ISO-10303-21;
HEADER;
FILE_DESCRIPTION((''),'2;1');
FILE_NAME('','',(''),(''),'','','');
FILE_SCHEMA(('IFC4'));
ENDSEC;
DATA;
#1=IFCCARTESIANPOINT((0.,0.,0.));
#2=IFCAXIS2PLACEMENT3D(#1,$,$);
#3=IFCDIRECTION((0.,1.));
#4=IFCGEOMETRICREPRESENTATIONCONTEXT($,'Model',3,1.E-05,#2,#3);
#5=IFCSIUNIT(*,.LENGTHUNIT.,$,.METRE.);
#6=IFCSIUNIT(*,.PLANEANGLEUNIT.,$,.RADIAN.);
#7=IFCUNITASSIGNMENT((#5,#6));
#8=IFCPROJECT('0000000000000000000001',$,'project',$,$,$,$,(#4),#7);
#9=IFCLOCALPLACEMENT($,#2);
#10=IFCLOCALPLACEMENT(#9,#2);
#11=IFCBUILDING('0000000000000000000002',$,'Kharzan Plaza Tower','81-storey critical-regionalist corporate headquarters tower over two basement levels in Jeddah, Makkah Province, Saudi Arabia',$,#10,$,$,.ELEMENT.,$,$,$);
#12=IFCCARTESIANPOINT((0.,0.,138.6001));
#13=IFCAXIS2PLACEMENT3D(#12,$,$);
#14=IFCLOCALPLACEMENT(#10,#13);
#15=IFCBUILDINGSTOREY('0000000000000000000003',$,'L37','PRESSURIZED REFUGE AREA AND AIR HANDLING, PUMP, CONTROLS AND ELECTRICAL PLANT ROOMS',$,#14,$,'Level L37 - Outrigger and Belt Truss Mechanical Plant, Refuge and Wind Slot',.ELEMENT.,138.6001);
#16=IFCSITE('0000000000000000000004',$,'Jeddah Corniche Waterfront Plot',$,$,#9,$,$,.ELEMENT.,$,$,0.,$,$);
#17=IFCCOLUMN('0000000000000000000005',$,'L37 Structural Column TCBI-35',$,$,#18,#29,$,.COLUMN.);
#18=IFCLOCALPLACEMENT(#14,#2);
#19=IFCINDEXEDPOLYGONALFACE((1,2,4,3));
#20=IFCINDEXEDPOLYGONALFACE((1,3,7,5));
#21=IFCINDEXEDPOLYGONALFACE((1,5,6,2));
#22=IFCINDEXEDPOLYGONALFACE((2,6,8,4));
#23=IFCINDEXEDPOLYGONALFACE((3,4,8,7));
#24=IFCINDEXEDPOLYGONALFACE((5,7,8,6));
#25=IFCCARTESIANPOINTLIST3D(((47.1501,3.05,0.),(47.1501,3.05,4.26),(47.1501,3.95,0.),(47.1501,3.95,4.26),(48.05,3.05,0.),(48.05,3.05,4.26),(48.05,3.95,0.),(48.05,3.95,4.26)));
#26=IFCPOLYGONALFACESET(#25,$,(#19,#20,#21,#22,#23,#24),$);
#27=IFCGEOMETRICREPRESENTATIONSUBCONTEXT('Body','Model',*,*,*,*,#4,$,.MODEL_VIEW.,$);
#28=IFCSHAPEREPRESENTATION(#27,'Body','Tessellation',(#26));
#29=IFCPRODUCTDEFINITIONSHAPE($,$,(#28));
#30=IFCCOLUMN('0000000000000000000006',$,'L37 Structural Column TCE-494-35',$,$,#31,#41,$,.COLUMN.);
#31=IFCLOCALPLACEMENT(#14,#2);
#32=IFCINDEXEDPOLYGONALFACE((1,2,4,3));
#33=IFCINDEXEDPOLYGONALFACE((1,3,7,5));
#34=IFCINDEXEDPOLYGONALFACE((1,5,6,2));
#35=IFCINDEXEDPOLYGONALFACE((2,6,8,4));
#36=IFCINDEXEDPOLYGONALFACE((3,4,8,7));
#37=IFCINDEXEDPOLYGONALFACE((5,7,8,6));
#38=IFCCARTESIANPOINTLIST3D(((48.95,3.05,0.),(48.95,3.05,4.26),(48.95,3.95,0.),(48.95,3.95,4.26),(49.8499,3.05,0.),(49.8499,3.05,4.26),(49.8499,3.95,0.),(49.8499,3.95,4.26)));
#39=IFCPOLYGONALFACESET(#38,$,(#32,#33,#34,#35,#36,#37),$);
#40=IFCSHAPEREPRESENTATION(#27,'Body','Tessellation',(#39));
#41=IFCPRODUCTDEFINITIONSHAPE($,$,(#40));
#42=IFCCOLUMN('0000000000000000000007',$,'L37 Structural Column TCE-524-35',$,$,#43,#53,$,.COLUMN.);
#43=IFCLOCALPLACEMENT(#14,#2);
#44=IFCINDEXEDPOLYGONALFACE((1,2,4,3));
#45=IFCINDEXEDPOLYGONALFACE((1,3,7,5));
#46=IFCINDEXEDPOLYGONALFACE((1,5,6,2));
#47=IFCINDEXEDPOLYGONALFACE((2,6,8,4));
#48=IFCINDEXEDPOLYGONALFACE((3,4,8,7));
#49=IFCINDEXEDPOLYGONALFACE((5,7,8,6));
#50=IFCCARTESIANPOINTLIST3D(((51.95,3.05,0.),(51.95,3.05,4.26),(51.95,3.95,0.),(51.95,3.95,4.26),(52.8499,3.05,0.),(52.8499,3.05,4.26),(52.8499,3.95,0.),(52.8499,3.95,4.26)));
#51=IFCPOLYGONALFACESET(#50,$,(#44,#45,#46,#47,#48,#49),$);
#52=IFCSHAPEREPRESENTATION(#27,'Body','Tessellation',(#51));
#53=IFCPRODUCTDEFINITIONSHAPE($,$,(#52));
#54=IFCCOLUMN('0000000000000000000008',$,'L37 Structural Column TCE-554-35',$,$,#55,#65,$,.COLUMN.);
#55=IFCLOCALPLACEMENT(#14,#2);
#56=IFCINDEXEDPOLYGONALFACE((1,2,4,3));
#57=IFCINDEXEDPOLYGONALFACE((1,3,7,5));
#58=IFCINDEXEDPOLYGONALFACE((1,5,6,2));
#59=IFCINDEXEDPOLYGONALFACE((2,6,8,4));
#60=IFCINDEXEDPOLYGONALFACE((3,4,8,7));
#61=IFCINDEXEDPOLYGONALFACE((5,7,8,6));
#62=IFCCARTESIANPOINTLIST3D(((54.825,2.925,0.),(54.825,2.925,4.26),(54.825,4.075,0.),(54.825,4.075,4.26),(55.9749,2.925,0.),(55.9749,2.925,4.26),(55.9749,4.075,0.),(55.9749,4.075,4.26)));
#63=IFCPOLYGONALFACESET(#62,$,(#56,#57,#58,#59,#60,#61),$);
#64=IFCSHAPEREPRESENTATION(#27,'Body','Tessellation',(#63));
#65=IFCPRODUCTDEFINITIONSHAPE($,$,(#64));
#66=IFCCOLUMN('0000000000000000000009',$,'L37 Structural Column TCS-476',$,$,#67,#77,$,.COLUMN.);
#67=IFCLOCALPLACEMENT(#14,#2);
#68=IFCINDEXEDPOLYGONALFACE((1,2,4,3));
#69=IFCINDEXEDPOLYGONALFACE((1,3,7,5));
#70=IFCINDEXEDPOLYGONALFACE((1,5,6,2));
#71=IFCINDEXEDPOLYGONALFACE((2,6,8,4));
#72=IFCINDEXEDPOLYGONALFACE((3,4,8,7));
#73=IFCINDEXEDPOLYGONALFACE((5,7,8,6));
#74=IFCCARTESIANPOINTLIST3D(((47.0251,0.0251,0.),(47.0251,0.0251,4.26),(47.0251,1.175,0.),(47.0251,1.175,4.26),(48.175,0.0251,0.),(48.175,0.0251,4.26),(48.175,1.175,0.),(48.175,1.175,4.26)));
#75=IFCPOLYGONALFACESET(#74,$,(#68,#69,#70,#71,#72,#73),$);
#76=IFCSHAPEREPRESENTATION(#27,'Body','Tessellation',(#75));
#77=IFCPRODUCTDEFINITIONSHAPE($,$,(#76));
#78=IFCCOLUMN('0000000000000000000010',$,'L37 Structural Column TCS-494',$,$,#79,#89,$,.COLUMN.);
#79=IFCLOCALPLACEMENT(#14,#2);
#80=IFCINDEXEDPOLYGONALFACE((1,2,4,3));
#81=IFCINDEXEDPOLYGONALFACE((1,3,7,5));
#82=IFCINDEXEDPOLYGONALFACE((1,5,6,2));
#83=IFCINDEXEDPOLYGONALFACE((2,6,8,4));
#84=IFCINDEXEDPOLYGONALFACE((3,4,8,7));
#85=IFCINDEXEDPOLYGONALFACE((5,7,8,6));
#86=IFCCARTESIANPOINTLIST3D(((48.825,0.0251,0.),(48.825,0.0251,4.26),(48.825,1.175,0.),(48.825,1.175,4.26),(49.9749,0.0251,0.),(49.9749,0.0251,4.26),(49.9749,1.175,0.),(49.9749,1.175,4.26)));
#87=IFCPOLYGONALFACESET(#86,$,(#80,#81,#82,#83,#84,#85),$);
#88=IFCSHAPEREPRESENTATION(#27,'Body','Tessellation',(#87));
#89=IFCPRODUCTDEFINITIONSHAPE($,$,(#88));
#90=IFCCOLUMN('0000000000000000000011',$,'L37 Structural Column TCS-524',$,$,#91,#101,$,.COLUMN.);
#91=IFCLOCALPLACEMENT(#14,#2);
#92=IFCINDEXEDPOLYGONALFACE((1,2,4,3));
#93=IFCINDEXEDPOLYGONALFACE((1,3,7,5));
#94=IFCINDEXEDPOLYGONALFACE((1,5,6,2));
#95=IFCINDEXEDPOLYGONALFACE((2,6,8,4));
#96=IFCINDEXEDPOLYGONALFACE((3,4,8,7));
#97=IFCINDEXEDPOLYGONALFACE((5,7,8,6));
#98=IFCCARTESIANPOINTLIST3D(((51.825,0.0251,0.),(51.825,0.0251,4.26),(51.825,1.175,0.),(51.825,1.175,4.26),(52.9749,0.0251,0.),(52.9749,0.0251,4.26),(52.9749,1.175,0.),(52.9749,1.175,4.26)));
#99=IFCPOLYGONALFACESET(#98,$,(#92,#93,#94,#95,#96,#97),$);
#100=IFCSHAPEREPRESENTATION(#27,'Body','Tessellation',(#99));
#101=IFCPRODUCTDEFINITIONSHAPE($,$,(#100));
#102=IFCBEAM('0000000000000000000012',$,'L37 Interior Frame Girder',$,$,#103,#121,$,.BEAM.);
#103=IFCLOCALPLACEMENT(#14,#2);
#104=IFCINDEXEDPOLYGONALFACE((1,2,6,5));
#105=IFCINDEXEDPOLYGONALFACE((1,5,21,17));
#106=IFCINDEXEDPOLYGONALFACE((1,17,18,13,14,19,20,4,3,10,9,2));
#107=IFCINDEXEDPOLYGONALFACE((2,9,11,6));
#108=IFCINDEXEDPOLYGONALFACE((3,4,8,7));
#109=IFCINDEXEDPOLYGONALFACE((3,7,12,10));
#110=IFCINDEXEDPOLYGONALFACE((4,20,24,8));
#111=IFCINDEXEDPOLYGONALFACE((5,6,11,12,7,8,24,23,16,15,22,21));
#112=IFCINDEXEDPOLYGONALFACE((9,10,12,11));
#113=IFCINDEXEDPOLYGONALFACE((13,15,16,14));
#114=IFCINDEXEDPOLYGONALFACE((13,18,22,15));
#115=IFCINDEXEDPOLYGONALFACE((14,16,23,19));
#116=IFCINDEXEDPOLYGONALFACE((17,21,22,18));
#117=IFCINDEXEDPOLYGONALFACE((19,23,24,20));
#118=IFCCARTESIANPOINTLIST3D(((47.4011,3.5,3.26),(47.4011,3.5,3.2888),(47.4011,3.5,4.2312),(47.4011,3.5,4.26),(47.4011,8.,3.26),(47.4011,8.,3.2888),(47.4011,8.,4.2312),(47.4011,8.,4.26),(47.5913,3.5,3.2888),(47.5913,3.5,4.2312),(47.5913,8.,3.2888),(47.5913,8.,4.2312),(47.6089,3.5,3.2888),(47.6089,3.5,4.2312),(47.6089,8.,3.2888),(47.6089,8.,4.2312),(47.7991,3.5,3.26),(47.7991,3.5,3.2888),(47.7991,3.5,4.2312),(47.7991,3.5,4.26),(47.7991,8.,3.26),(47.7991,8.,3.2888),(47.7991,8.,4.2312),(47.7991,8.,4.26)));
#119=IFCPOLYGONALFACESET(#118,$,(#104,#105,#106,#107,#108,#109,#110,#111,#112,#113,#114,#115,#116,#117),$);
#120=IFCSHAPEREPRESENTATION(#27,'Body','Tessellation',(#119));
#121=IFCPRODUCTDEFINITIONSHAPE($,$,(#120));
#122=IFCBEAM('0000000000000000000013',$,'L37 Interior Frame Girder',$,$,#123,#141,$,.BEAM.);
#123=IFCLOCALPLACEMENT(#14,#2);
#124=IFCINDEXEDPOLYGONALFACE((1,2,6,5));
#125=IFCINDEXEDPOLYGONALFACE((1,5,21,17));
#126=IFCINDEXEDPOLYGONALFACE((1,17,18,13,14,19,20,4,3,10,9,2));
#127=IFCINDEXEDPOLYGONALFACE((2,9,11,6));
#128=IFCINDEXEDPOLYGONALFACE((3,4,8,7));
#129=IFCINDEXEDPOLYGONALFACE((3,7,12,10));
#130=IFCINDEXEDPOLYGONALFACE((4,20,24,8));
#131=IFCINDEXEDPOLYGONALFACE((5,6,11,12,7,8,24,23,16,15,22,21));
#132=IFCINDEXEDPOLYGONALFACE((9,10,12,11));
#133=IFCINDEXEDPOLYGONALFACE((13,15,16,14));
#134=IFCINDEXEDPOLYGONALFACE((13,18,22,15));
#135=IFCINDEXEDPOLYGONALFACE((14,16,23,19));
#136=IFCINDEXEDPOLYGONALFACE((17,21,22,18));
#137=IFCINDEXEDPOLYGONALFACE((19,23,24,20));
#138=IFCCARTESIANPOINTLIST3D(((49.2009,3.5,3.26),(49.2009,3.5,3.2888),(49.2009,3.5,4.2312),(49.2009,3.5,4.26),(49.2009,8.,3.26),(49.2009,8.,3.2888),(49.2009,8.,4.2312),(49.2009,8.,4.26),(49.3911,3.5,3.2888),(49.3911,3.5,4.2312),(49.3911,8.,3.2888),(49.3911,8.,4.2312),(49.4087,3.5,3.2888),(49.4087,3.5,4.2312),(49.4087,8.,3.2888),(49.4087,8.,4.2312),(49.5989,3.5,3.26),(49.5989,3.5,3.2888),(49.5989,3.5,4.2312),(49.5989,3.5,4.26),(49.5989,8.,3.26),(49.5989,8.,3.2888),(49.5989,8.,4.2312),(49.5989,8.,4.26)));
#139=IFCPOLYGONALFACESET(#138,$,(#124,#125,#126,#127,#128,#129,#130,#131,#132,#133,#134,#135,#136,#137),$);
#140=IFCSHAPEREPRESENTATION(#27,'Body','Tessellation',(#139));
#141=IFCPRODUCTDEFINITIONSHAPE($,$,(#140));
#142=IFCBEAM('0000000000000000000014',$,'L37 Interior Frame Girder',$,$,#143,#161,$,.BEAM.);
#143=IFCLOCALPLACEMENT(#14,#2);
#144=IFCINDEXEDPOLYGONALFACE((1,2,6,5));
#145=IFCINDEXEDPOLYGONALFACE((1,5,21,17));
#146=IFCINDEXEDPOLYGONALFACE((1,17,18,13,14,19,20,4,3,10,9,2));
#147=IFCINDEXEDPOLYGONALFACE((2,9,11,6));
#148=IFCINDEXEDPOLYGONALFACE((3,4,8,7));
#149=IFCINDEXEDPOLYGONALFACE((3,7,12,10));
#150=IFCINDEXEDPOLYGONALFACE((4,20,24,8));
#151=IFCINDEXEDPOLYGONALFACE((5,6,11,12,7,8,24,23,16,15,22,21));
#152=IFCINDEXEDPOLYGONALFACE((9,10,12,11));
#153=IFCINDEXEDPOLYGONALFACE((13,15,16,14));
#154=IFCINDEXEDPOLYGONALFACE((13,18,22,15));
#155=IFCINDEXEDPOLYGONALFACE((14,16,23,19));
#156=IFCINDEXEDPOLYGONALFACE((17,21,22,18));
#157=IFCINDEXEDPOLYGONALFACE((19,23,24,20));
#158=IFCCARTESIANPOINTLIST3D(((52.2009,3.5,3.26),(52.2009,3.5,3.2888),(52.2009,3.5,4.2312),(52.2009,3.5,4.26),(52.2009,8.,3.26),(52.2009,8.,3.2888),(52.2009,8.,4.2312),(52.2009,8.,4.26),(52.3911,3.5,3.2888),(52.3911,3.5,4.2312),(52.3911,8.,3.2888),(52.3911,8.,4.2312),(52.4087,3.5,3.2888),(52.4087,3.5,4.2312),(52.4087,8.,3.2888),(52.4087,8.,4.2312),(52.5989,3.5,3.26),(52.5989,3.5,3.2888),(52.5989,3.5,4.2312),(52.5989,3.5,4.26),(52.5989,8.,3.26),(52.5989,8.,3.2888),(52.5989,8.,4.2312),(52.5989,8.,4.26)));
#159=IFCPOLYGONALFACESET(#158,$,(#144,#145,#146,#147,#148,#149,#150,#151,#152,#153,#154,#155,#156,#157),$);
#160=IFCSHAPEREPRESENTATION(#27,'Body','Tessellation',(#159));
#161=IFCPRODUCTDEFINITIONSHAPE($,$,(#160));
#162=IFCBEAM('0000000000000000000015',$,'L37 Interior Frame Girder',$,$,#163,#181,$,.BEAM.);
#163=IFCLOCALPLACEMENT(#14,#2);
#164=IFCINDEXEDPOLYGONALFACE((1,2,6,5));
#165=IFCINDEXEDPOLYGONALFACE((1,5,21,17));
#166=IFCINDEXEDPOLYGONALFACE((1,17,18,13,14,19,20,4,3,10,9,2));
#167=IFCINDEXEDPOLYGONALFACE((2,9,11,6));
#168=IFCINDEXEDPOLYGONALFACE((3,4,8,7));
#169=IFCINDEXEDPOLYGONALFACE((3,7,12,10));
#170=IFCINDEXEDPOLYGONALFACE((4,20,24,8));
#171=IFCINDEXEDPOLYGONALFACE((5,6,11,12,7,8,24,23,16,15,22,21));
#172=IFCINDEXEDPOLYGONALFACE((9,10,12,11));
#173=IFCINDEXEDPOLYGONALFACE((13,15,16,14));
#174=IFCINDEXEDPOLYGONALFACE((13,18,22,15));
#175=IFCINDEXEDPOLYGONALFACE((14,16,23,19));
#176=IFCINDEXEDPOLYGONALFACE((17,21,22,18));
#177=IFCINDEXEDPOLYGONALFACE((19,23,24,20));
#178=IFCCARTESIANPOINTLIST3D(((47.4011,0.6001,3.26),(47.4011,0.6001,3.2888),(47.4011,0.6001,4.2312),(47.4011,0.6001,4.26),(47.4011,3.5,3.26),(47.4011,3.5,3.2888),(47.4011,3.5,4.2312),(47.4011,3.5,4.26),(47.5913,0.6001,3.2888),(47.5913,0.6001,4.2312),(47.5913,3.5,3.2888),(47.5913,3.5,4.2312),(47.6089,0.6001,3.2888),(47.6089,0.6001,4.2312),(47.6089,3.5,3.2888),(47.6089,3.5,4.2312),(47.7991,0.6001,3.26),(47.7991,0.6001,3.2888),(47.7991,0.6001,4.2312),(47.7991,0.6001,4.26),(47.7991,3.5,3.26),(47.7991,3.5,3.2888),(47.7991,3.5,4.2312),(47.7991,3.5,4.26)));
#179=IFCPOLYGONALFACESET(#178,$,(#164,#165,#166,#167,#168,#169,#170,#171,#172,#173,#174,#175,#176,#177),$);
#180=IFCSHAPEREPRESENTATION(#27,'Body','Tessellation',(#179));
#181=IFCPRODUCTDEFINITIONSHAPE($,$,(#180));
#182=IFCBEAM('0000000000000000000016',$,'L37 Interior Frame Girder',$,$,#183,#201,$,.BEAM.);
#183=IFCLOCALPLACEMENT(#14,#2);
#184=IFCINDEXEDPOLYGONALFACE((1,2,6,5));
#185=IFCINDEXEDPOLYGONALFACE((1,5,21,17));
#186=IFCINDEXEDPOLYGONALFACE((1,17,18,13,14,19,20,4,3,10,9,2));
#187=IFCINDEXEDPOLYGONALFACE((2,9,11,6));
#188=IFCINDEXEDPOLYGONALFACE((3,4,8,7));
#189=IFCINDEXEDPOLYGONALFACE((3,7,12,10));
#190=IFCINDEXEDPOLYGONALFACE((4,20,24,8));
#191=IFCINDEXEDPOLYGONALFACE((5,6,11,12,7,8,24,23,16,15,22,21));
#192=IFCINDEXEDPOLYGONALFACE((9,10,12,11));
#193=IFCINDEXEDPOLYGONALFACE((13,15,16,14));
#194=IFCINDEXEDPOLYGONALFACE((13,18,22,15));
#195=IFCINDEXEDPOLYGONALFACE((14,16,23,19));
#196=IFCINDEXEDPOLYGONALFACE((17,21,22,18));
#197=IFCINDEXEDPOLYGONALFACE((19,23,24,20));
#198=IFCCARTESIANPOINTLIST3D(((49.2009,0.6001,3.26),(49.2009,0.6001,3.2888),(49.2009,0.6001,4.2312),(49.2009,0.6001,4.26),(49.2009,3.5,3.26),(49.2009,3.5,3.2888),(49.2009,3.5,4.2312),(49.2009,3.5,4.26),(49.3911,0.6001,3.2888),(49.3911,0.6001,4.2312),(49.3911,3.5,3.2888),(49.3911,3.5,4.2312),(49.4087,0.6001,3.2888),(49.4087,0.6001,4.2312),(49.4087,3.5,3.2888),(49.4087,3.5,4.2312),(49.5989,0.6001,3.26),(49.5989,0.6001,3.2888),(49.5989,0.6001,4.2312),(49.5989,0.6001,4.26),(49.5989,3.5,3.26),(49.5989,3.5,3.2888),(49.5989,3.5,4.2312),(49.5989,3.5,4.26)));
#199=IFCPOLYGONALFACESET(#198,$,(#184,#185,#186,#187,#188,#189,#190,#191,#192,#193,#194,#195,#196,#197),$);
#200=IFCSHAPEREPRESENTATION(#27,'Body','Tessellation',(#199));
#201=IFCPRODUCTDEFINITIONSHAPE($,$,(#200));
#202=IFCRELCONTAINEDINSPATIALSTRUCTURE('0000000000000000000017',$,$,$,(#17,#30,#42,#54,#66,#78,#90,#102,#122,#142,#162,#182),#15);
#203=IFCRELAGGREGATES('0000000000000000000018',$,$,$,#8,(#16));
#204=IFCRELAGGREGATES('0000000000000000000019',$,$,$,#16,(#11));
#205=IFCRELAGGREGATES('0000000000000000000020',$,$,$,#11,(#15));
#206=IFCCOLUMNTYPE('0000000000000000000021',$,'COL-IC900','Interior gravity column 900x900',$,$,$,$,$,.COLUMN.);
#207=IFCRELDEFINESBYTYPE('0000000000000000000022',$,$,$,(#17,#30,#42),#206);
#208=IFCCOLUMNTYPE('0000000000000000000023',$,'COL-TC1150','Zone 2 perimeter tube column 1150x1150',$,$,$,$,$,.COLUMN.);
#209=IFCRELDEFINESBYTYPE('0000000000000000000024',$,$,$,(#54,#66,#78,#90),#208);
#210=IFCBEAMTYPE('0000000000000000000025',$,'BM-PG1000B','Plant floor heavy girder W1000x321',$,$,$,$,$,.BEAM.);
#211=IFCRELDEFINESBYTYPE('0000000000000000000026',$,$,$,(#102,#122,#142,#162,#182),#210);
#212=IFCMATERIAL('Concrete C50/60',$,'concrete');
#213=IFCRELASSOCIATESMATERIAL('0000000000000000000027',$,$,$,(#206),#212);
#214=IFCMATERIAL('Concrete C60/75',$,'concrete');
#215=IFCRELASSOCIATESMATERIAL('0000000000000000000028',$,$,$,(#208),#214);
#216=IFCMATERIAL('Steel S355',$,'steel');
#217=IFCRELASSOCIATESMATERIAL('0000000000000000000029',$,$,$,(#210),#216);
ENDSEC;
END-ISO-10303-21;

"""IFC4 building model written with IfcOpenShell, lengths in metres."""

from ifc_helpers import new_model, si_unit, direction, frame, origin, origin_2d, place, context, subcontext, project, spatial, rectangle, i_section, extrude, source, transform, mapped, material, material_profile, profile_set, type_object, element, save


model = new_model("IFC4")

# Units and contexts
model_context = context("Model", 3, precision=1e-05, world=origin(), true_north=direction((0.0, 1.0)))
body_context = subcontext(model_context, "Body", "Model", "MODEL_VIEW")
ifc_project = project(units=[si_unit("LENGTHUNIT", "METRE"), si_unit("PLANEANGLEUNIT", "RADIAN")], contexts=[model_context])

# Site, building, storey
site_placement = place(None, origin())
site = spatial("IfcSite", under=ifc_project, at=site_placement, Name="Jeddah Corniche Waterfront Plot", CompositionType="ELEMENT", RefElevation=0.0)
building_placement = place(site_placement, origin())
building = spatial("IfcBuilding", under=site, at=building_placement, Name="Kharzan Plaza Tower", Description="81-storey critical-regionalist corporate headquarters tower over two basement levels in Jeddah, Makkah Province, Saudi Arabia", CompositionType="ELEMENT")
storey_placement = place(building_placement, frame((0.0, 0.0, 138.6001)))
storey = spatial("IfcBuildingStorey", under=building, at=storey_placement, Name="L37", Description="PRESSURIZED REFUGE AREA AND AIR HANDLING, PUMP, CONTROLS AND ELECTRICAL PLANT ROOMS", LongName="Level L37 - Outrigger and Belt Truss Mechanical Plant, Refuge and Wind Slot", CompositionType="ELEMENT", Elevation=138.6001)

# Columns
ifc_material_1 = material(Name="Concrete C50/60", Category="concrete")
ifc_material_profile_1 = material_profile(ifc_material_1, rectangle(XDim=0.8999, YDim=0.8999, at=origin_2d()), Name="RC-IC900x900")
ifc_profile_set_1 = profile_set([ifc_material_profile_1], Name="Concrete C50/60")
column_type_1 = type_object("IfcColumnType", Name="COL-IC900", Description="Interior gravity column 900x900", PredefinedType="COLUMN", material=ifc_profile_set_1)
shared_shape_1 = source(origin(), body_context, "Body", "SweptSolid", [
    extrude(rectangle(XDim=0.8999, YDim=0.8999, at=origin_2d()), origin(), (0.0, 0.0, 1.0), 4.26),
])
for number, where, z_axis, x_axis, name in (
    (1, (47.6001, 3.5, 0.0), (0.0, 0.0, 1.0), (1.0, 0.0, 0.0), "L37 Structural Column TCBI-35"),
    (2, (49.3999, 3.5, 0.0), (0.0, 0.0, 1.0), (1.0, 0.0, 0.0), "L37 Structural Column TCE-494-35"),
    (3, (52.3999, 3.5, 0.0), (0.0, 0.0, 1.0), (1.0, 0.0, 0.0), "L37 Structural Column TCE-524-35"),
):
    element("IfcColumn", number, at=place(storey_placement, frame(where, z_axis=z_axis, x_axis=x_axis)), inside=storey, type_object=column_type_1, Name=name, PredefinedType="COLUMN", context=body_context, shape_type="MappedRepresentation", body=[
        mapped(shared_shape_1, transform((0.0, 0.0, 0.0), x_axis=(1.0, 0.0, 0.0), y_axis=(0.0, 1.0, 0.0), z_axis=(0.0, 0.0, 1.0))),
    ])
ifc_material_2 = material(Name="Concrete C60/75", Category="concrete")
ifc_material_profile_2 = material_profile(ifc_material_2, rectangle(XDim=1.1499, YDim=1.1499, at=origin_2d()), Name="RC-TC1150x1150")
ifc_profile_set_2 = profile_set([ifc_material_profile_2], Name="Concrete C60/75")
column_type_2 = type_object("IfcColumnType", Name="COL-TC1150", Description="Zone 2 perimeter tube column 1150x1150", PredefinedType="COLUMN", material=ifc_profile_set_2)
shared_shape_2 = source(origin(), body_context, "Body", "SweptSolid", [
    extrude(rectangle(XDim=1.1499, YDim=1.1499, at=origin_2d()), origin(), (0.0, 0.0, 1.0), 4.26),
])
for number, where, z_axis, x_axis, name in (
    (4, (55.3999, 3.5, 0.0), (0.0, 0.0, 1.0), (1.0, 0.0, 0.0), "L37 Structural Column TCE-554-35"),
    (5, (47.6001, 0.6001, 0.0), (0.0, 0.0, 1.0), (1.0, 0.0, 0.0), "L37 Structural Column TCS-476"),
    (6, (49.3999, 0.6001, 0.0), (0.0, 0.0, 1.0), (1.0, 0.0, 0.0), "L37 Structural Column TCS-494"),
    (7, (52.3999, 0.6001, 0.0), (0.0, 0.0, 1.0), (1.0, 0.0, 0.0), "L37 Structural Column TCS-524"),
):
    element("IfcColumn", number, at=place(storey_placement, frame(where, z_axis=z_axis, x_axis=x_axis)), inside=storey, type_object=column_type_2, Name=name, PredefinedType="COLUMN", context=body_context, shape_type="MappedRepresentation", body=[
        mapped(shared_shape_2, transform((0.0, 0.0, 0.0), x_axis=(1.0, 0.0, 0.0), y_axis=(0.0, 1.0, 0.0), z_axis=(0.0, 0.0, 1.0))),
    ])

# Beams
ifc_material_3 = material(Name="Steel S355", Category="steel")
ifc_material_profile_3 = material_profile(ifc_material_3, i_section(OverallWidth=0.3979, OverallDepth=1.0, WebThickness=0.0176, FlangeThickness=0.0288, at=origin_2d()), Name="W1000x321")
ifc_profile_set_3 = profile_set([ifc_material_profile_3], Name="Steel S355")
beam_type_1 = type_object("IfcBeamType", Name="BM-PG1000B", Description="Plant floor heavy girder W1000x321", PredefinedType="BEAM", material=ifc_profile_set_3)
shared_shape_3 = source(origin(), body_context, "Body", "SweptSolid", [
    extrude(i_section(OverallWidth=0.3979, OverallDepth=1.0, WebThickness=0.0176, FlangeThickness=0.0288, at=origin_2d()), origin(), (0.0, 0.0, 1.0), 4.5),
])
for number, where, z_axis, x_axis, name in (
    (8, (47.6001, 3.5, 3.76), (0.0, 1.0, 0.0), (-1.0, 0.0, 0.0), "L37 Interior Frame Girder"),
    (9, (49.3999, 3.5, 3.76), (0.0, 1.0, 0.0), (-1.0, 0.0, 0.0), "L37 Interior Frame Girder"),
    (10, (52.3999, 3.5, 3.76), (0.0, 1.0, 0.0), (-1.0, 0.0, 0.0), "L37 Interior Frame Girder"),
):
    element("IfcBeam", number, at=place(storey_placement, frame(where, z_axis=z_axis, x_axis=x_axis)), inside=storey, type_object=beam_type_1, Name=name, PredefinedType="BEAM", context=body_context, shape_type="MappedRepresentation", body=[
        mapped(shared_shape_3, transform((0.0, 0.0, 0.0), x_axis=(1.0, 0.0, 0.0), y_axis=(0.0, 1.0, 0.0), z_axis=(0.0, 0.0, 1.0))),
    ])
shared_shape_4 = source(origin(), body_context, "Body", "SweptSolid", [
    extrude(i_section(OverallWidth=0.3979, OverallDepth=1.0, WebThickness=0.0176, FlangeThickness=0.0288, at=origin_2d()), origin(), (0.0, 0.0, 1.0), 2.8999),
])
for number, where, z_axis, x_axis, name in (
    (11, (47.6001, 0.6001, 3.76), (0.0, 1.0, 0.0), (-1.0, 0.0, 0.0), "L37 Interior Frame Girder"),
    (12, (49.3999, 0.6001, 3.76), (0.0, 1.0, 0.0), (-1.0, 0.0, 0.0), "L37 Interior Frame Girder"),
):
    element("IfcBeam", number, at=place(storey_placement, frame(where, z_axis=z_axis, x_axis=x_axis)), inside=storey, type_object=beam_type_1, Name=name, PredefinedType="BEAM", context=body_context, shape_type="MappedRepresentation", body=[
        mapped(shared_shape_4, transform((0.0, 0.0, 0.0), x_axis=(1.0, 0.0, 0.0), y_axis=(0.0, 1.0, 0.0), z_axis=(0.0, 0.0, 1.0))),
    ])

save(model, "model.ifc")
